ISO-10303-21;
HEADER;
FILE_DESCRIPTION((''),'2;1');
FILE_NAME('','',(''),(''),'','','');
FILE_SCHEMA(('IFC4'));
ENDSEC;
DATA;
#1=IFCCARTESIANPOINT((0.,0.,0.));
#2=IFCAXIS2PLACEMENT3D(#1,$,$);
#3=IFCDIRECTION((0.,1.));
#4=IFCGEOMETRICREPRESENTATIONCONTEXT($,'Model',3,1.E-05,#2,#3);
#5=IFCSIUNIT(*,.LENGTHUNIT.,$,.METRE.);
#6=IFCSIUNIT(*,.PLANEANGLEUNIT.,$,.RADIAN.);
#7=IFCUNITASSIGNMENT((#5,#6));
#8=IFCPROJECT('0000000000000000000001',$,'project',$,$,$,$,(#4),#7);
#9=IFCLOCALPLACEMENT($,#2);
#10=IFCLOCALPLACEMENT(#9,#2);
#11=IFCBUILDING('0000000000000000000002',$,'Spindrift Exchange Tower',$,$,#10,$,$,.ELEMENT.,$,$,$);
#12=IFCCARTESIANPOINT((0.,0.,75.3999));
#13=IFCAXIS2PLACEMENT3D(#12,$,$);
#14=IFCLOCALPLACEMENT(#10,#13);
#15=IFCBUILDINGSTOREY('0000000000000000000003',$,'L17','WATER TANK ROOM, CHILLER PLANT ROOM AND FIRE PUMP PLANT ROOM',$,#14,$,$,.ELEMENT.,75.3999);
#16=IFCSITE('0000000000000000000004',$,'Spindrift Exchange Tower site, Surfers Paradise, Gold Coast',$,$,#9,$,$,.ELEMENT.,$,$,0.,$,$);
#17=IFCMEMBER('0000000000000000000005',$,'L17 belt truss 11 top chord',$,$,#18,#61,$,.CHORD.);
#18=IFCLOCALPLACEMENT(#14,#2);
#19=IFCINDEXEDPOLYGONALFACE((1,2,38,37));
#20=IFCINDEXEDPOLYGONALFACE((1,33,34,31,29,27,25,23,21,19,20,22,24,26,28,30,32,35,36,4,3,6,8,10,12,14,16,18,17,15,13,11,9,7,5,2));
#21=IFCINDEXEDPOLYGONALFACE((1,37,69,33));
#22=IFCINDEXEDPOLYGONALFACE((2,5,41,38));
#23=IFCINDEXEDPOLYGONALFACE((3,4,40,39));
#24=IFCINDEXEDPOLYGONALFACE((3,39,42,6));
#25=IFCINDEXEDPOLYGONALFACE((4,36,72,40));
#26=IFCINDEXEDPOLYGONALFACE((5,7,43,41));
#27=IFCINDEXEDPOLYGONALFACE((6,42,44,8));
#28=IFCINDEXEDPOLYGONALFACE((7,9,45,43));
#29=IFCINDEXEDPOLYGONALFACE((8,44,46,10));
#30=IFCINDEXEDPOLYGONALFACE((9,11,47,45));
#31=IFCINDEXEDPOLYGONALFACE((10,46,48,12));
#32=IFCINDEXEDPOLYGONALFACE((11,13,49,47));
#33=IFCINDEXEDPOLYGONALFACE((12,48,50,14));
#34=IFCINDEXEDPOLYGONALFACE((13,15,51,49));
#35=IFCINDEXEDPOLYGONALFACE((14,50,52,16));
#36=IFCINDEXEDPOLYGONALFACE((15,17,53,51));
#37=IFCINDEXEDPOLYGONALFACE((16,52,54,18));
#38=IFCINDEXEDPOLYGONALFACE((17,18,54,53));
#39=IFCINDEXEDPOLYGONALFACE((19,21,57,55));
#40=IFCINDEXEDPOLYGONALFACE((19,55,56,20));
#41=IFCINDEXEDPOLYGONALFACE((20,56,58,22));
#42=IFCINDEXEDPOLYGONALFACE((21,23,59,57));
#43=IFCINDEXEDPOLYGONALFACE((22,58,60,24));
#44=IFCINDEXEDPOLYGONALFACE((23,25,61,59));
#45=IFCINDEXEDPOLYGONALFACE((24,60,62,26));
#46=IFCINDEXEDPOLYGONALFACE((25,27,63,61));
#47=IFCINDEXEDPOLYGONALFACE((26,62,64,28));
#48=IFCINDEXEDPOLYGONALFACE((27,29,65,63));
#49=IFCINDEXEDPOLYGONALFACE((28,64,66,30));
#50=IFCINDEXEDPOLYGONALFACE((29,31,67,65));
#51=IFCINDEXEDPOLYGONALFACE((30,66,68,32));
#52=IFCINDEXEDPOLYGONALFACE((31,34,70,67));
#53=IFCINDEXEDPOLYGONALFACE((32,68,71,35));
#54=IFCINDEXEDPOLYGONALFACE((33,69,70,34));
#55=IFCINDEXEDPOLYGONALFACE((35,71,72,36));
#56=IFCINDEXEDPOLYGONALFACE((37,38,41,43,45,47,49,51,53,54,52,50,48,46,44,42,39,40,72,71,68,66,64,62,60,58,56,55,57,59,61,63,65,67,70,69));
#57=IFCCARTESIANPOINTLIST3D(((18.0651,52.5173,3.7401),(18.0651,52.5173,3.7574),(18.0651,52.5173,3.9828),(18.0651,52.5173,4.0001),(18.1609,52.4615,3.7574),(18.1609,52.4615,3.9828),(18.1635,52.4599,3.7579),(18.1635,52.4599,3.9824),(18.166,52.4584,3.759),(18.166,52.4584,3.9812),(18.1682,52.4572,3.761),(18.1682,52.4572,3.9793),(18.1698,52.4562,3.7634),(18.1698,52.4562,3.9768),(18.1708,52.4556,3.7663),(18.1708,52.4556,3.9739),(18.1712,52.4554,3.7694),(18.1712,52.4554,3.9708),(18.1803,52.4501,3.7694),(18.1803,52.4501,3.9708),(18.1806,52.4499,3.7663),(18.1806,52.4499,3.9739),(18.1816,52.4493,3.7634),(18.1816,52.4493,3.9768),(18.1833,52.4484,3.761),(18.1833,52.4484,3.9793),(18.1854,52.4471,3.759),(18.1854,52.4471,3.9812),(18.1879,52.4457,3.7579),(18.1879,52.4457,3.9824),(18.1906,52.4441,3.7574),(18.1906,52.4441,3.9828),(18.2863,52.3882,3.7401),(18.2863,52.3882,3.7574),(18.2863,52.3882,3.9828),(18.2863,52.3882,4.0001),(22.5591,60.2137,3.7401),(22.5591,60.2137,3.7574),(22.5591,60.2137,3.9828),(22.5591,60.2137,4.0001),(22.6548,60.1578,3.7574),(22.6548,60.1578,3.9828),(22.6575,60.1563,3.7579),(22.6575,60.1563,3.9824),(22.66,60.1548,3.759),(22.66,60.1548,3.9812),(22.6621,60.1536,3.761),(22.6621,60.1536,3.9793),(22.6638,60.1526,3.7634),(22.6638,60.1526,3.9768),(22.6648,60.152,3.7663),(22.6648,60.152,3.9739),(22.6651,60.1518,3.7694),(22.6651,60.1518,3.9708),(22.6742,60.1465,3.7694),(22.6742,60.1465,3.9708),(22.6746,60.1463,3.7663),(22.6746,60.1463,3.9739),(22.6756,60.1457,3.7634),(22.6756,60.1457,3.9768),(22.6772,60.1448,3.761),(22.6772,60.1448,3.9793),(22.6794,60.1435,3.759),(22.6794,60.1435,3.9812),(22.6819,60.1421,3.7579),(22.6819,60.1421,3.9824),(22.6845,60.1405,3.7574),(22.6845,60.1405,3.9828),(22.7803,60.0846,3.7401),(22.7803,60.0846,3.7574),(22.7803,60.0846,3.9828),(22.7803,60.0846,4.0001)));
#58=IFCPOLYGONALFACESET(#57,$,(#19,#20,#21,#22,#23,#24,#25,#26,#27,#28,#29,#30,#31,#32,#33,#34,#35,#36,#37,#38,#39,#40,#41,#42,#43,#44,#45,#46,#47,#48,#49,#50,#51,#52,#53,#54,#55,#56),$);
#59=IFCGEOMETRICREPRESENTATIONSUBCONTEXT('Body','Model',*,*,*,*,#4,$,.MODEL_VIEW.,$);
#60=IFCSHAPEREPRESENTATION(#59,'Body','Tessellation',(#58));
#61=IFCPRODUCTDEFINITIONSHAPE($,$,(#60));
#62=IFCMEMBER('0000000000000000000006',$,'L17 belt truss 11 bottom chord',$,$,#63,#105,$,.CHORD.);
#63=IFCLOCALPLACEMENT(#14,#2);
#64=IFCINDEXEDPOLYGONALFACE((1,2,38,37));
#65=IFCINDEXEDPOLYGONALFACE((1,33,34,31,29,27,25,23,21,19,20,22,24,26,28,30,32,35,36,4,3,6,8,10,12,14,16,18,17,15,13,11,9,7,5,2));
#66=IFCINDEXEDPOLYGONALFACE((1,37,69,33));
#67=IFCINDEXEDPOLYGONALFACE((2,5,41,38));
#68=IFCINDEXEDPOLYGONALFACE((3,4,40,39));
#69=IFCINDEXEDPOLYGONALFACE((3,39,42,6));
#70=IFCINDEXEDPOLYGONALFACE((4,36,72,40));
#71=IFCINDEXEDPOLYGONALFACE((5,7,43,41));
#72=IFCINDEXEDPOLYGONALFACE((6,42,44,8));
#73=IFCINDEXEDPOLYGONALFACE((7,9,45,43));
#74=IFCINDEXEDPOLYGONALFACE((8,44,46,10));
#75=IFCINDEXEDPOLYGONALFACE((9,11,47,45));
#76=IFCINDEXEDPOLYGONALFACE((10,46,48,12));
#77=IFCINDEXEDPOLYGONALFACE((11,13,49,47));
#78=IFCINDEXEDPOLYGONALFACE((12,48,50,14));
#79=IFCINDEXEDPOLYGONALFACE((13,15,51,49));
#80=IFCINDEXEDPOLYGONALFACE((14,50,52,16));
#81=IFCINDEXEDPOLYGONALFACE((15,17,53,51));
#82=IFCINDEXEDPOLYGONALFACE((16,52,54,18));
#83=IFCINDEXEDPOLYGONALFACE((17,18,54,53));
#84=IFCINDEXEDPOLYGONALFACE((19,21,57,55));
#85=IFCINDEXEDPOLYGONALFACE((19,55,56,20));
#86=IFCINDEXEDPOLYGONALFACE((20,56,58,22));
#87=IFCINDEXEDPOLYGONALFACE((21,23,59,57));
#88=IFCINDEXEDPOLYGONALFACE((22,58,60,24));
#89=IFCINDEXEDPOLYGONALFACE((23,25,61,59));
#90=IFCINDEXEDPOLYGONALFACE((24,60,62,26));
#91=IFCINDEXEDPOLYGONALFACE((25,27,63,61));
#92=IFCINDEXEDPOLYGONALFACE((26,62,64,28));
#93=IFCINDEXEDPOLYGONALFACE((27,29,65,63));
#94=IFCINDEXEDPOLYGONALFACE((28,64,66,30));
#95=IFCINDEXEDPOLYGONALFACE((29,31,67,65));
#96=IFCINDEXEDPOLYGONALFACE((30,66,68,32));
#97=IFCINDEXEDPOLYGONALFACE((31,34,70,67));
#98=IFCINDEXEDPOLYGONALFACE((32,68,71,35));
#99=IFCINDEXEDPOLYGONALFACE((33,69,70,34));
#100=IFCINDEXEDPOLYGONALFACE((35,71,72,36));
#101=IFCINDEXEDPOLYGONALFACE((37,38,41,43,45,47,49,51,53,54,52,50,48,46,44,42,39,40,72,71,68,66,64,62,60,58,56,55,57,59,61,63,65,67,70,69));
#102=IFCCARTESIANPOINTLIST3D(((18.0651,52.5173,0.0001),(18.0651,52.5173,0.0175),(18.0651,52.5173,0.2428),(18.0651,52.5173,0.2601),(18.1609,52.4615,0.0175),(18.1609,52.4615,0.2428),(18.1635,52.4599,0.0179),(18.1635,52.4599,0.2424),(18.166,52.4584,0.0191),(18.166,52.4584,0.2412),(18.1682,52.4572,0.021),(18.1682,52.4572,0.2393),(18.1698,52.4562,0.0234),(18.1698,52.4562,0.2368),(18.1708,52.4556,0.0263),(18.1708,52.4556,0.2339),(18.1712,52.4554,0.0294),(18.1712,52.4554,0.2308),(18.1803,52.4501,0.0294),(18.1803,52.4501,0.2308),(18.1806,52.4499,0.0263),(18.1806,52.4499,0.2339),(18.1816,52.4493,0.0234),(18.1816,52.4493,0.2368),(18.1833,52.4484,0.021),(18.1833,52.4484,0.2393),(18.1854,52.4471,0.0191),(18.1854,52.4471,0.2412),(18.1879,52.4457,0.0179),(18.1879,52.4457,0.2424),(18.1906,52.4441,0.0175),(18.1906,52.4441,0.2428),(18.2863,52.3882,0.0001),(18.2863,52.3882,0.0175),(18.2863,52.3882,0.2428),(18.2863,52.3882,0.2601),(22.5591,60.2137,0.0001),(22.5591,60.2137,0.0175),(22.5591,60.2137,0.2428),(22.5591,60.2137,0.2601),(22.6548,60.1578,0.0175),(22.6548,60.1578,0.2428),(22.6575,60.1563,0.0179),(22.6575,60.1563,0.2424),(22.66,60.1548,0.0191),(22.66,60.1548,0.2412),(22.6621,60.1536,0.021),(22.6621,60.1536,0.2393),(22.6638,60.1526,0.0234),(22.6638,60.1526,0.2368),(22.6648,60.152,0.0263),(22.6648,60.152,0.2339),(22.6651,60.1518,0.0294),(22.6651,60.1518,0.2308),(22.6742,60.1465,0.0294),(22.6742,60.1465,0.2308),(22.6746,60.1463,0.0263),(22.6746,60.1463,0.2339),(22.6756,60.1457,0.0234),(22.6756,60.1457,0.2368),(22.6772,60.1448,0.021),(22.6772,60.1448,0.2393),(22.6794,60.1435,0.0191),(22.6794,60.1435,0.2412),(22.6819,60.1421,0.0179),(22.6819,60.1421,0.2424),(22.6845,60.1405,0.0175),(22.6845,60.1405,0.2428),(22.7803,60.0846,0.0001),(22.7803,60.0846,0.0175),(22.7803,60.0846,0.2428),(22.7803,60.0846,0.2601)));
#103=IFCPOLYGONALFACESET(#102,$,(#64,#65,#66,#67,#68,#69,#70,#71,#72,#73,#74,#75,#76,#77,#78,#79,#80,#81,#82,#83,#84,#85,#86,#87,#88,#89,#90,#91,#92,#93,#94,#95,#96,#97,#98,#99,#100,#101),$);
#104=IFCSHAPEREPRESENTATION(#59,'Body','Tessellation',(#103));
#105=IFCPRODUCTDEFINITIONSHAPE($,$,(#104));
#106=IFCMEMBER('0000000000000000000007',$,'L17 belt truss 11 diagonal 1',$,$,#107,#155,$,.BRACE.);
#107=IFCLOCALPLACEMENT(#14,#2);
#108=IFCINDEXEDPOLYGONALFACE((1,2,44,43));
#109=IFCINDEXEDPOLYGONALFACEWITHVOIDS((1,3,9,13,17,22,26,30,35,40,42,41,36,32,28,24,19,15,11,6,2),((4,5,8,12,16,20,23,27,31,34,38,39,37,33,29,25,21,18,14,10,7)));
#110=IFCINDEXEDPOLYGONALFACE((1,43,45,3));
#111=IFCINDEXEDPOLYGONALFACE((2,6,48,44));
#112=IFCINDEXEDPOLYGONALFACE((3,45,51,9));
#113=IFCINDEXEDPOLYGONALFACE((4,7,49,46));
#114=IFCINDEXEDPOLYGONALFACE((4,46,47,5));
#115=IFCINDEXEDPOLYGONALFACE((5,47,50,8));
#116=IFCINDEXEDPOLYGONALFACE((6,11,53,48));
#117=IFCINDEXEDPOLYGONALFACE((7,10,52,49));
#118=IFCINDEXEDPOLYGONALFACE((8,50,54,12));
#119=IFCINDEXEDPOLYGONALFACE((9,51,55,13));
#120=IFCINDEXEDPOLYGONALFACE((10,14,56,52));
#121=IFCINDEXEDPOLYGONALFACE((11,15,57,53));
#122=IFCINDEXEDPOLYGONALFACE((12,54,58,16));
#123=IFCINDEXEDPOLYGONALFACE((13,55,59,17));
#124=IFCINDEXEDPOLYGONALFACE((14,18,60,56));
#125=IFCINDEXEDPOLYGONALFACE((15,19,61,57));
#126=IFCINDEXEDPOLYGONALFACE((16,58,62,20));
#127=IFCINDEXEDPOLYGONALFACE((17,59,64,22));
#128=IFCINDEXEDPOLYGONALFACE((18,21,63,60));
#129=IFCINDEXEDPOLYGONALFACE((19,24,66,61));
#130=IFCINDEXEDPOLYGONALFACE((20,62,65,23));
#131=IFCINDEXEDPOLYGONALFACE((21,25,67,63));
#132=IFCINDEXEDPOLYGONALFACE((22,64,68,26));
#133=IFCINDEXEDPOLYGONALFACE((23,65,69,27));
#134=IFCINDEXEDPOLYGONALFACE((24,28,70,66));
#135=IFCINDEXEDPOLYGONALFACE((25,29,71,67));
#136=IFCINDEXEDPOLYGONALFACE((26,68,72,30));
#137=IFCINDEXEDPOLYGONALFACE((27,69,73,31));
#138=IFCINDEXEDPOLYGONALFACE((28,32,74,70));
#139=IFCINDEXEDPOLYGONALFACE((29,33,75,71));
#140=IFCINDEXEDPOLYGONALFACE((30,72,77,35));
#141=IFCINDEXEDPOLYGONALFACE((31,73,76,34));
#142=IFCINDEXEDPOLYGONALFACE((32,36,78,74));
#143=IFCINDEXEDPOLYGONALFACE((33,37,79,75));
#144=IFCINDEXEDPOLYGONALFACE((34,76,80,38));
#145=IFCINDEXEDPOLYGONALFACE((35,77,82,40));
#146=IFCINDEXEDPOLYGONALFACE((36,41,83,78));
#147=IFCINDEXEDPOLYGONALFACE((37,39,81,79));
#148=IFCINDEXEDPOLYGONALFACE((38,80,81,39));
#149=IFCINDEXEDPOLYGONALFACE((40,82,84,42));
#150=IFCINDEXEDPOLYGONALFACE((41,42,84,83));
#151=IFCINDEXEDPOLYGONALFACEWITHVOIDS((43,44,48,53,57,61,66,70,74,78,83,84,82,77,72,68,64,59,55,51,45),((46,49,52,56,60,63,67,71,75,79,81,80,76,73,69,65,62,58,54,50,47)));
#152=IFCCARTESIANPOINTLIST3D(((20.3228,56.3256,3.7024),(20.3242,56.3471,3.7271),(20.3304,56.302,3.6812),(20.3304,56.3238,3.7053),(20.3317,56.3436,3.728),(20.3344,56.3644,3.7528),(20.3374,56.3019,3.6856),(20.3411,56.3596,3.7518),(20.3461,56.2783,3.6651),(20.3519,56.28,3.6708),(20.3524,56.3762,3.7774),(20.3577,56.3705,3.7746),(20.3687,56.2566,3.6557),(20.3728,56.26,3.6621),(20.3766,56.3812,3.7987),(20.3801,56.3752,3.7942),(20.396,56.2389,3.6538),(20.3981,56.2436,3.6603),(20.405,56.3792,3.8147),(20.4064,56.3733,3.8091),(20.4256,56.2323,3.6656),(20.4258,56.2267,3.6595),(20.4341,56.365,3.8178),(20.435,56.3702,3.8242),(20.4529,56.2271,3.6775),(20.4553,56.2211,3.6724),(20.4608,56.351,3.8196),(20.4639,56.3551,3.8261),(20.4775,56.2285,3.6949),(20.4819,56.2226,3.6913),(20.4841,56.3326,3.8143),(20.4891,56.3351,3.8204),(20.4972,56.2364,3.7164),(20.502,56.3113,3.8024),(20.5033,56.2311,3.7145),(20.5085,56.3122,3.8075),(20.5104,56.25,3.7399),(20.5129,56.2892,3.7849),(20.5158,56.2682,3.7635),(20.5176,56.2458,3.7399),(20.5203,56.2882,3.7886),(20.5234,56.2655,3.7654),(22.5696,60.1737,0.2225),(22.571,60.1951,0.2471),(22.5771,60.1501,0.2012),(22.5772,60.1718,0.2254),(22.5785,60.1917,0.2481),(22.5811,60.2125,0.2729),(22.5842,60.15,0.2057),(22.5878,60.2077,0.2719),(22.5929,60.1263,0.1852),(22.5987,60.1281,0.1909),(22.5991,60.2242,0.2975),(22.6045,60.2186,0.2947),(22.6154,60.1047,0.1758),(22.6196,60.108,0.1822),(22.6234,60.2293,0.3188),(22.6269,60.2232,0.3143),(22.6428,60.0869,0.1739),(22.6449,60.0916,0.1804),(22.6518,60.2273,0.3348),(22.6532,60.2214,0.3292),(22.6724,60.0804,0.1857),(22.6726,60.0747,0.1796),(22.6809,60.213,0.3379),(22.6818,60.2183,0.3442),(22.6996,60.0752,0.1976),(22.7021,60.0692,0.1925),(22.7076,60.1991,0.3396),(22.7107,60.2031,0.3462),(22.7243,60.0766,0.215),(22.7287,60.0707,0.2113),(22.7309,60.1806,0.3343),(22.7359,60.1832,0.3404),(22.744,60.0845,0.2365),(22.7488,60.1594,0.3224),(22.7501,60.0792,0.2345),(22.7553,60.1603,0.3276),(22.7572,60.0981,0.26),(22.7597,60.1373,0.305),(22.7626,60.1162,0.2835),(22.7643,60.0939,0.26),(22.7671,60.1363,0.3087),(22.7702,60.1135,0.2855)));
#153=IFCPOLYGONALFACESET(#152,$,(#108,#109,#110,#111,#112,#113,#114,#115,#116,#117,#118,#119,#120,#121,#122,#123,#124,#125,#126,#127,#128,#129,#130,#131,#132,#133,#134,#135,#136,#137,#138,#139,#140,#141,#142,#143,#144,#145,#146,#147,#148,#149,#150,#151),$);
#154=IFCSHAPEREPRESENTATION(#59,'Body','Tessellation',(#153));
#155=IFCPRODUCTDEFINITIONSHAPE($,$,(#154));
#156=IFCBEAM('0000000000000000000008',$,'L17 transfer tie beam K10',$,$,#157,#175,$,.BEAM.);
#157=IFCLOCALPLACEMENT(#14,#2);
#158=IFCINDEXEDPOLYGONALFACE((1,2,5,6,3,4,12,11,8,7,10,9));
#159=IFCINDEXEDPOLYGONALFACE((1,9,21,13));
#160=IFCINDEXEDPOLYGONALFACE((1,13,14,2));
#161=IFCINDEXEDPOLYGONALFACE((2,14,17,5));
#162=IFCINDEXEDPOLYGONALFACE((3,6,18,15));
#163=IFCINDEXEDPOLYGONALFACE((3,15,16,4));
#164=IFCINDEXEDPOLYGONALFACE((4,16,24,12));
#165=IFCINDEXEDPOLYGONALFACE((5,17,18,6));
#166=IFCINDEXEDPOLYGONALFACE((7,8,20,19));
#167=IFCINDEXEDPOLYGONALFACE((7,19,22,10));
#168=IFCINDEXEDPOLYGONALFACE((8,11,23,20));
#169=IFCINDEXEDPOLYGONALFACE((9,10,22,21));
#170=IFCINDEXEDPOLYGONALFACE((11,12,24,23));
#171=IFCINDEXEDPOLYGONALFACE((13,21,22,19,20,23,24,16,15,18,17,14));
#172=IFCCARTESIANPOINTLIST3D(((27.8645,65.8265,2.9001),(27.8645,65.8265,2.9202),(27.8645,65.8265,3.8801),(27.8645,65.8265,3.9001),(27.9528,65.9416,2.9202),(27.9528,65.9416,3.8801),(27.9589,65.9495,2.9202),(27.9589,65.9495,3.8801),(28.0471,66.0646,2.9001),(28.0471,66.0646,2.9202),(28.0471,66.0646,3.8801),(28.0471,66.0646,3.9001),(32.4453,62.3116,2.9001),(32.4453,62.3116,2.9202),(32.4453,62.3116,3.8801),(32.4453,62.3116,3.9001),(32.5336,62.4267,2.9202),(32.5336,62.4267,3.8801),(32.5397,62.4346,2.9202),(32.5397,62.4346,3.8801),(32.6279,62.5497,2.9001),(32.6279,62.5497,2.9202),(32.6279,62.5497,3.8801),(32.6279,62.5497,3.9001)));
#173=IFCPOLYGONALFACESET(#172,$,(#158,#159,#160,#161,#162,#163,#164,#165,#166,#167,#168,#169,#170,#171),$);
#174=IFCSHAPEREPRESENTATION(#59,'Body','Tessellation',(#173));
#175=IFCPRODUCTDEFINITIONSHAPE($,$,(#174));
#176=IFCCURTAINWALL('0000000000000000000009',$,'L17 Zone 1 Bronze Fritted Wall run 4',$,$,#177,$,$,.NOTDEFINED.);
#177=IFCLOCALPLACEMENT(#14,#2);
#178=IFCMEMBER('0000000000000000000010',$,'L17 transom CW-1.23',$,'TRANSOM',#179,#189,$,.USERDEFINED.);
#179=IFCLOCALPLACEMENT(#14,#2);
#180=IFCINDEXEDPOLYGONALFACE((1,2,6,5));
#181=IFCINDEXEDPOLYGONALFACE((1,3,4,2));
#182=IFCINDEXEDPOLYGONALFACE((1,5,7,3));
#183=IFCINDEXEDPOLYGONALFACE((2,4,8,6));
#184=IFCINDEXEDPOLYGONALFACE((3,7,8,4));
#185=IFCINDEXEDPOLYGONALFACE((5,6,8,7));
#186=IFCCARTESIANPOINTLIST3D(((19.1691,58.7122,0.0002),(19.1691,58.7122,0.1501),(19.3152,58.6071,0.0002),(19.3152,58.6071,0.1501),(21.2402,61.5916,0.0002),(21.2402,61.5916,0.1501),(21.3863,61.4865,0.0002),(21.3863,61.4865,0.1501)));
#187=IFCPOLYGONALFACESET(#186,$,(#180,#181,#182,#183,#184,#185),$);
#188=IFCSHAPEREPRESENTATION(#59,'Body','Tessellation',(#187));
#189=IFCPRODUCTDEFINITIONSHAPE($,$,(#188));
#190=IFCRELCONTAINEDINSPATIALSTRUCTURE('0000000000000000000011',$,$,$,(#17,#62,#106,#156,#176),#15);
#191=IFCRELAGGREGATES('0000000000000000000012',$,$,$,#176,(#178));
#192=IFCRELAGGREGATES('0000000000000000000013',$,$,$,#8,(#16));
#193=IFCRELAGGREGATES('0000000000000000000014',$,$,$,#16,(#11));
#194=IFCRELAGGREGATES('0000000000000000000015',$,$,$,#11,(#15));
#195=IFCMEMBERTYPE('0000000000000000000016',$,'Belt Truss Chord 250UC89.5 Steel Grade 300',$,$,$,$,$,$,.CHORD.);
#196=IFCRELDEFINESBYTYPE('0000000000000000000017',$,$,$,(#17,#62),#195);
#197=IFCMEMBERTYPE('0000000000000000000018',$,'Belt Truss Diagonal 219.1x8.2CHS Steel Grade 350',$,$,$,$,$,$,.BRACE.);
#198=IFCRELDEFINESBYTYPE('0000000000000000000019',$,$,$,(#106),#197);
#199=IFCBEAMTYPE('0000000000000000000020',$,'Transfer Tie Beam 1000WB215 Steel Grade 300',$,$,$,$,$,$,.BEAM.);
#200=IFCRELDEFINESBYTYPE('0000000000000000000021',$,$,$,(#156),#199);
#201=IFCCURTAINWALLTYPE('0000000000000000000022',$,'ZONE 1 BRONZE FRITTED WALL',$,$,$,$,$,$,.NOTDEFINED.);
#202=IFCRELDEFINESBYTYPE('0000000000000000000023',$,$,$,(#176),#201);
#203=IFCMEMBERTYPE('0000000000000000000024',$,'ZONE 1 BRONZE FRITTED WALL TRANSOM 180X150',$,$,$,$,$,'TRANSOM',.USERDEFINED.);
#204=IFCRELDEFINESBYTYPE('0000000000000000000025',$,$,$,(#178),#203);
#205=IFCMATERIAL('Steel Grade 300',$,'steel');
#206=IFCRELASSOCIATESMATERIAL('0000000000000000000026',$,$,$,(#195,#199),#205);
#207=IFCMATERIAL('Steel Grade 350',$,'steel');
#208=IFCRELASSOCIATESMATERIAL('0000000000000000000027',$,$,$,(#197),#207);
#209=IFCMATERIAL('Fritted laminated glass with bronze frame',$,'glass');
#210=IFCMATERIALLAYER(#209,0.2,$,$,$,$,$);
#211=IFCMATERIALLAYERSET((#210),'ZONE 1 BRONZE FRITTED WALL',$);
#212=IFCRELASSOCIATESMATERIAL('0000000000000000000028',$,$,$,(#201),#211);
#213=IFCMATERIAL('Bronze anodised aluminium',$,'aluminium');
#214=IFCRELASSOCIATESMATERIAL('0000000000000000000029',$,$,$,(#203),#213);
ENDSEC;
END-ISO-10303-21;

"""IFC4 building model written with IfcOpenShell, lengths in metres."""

from ifc_helpers import new_model, si_unit, direction, frame, origin, origin_2d, place, context, subcontext, project, spatial, rectangle, hollow_circle, i_section, extrude, source, transform, mapped, material, layer, layer_set, material_profile, profile_set, type_object, element, aggregate, save


model = new_model("IFC4")

# Units and contexts
model_context = context("Model", 3, precision=1e-05, world=origin(), true_north=direction((0.0, 1.0)))
body_context = subcontext(model_context, "Body", "Model", "MODEL_VIEW")
ifc_project = project(units=[si_unit("LENGTHUNIT", "METRE"), si_unit("PLANEANGLEUNIT", "RADIAN")], contexts=[model_context])

# Site, building, storey
site_placement = place(None, origin())
site = spatial("IfcSite", under=ifc_project, at=site_placement, Name="Spindrift Exchange Tower site, Surfers Paradise, Gold Coast", CompositionType="ELEMENT", RefElevation=0.0)
building_placement = place(site_placement, origin())
building = spatial("IfcBuilding", under=site, at=building_placement, Name="Spindrift Exchange Tower", CompositionType="ELEMENT")
storey_placement = place(building_placement, frame((0.0, 0.0, 75.3999)))
storey = spatial("IfcBuildingStorey", under=building, at=storey_placement, Name="L17", Description="WATER TANK ROOM, CHILLER PLANT ROOM AND FIRE PUMP PLANT ROOM", CompositionType="ELEMENT", Elevation=75.3999)

# Members
ifc_material_1 = material(Name="Steel Grade 300", Category="steel")
ifc_material_profile_1 = material_profile(ifc_material_1, i_section(OverallWidth=0.2561, OverallDepth=0.26, WebThickness=0.0105, FlangeThickness=0.0173, FilletRadius=0.012, at=origin_2d()), Name="250UC89.5")
ifc_profile_set_1 = profile_set([ifc_material_profile_1], Name="Steel Grade 300")
member_type_1 = type_object("IfcMemberType", Name="Belt Truss Chord 250UC89.5 Steel Grade 300", PredefinedType="CHORD", material=ifc_profile_set_1)
ifc_material_2 = material(Name="Steel Grade 350", Category="steel")
ifc_material_profile_2 = material_profile(ifc_material_2, hollow_circle(Radius=0.1096, WallThickness=0.0083, at=origin_2d()), Name="219.1x8.2CHS")
ifc_profile_set_2 = profile_set([ifc_material_profile_2], Name="Steel Grade 350")
member_type_2 = type_object("IfcMemberType", Name="Belt Truss Diagonal 219.1x8.2CHS Steel Grade 350", PredefinedType="BRACE", material=ifc_profile_set_2)
shared_shape_1 = source(origin(), body_context, "Body", "SweptSolid", [
    extrude(i_section(OverallWidth=0.2561, OverallDepth=0.26, WebThickness=0.0105, FlangeThickness=0.0173, FilletRadius=0.012, at=origin_2d()), origin(), (0.0, 0.0, 1.0), 8.9124),
])
for number, where, z_axis, x_axis, name in (
    (1, (22.6697, 60.1492, 3.8701), (-0.504239, -0.863564, 0.0), (0.863564, -0.504239, 0.0), "L17 belt truss 11 top chord"),
    (2, (22.6697, 60.1492, 0.1301), (-0.504239, -0.863564, 0.0), (0.863564, -0.504239, 0.0), "L17 belt truss 11 bottom chord"),
):
    element("IfcMember", number, at=place(storey_placement, frame(where, z_axis=z_axis, x_axis=x_axis)), inside=storey, type_object=member_type_1, Name=name, PredefinedType="CHORD", context=body_context, shape_type="MappedRepresentation", body=[
        mapped(shared_shape_1, transform((0.0, 0.0, 0.0), scale=1.0)),
    ])
shared_shape_2 = source(origin(), body_context, "Body", "SweptSolid", [
    extrude(hollow_circle(Radius=0.1096, WallThickness=0.0083, at=origin_2d()), origin(), (0.0, 0.0, 1.0), 5.6538),
])
member_1_placement = place(storey_placement, frame((22.6697, 60.1492, 0.26), z_axis=(-0.397393, -0.680616, 0.6155), x_axis=(0.863576, -0.504218, 0.0)))
element("IfcMember", 3, at=member_1_placement, inside=storey, type_object=member_type_2, Name="L17 belt truss 11 diagonal 1", PredefinedType="BRACE", context=body_context, shape_type="MappedRepresentation", body=[
    mapped(shared_shape_2, transform((0.0, 0.0, 0.0), scale=1.0)),
])

# Beam
ifc_material_profile_3 = material_profile(ifc_material_1, i_section(OverallWidth=0.3, OverallDepth=1.0, WebThickness=0.01, FlangeThickness=0.02, at=origin_2d()), Name="1000WB215")
ifc_profile_set_3 = profile_set([ifc_material_profile_3], Name="Steel Grade 300")
beam_type = type_object("IfcBeamType", Name="Transfer Tie Beam 1000WB215 Steel Grade 300", PredefinedType="BEAM", material=ifc_profile_set_3)
shared_shape_3 = source(origin(), body_context, "Body", "SweptSolid", [
    extrude(i_section(OverallWidth=0.3, OverallDepth=1.0, WebThickness=0.01, FlangeThickness=0.02, at=origin_2d()), origin(), (0.0, 0.0, 1.0), 5.7739),
])
beam_placement = place(storey_placement, frame((27.9558, 65.9456, 3.4001), z_axis=(0.793361, -0.608752, 0.0), x_axis=(0.608752, 0.793361, 0.0)))
element("IfcBeam", 4, at=beam_placement, inside=storey, type_object=beam_type, Name="L17 transfer tie beam K10", PredefinedType="BEAM", context=body_context, shape_type="MappedRepresentation", body=[
    mapped(shared_shape_3, transform((0.0, 0.0, 0.0), scale=1.0)),
])

# Curtain wall, member
ifc_material_3 = material(Name="Fritted laminated glass with bronze frame", Category="glass")
ifc_layer_1 = layer(ifc_material_3, 0.2)
ifc_layer_set_1 = layer_set([ifc_layer_1], Name="ZONE 1 BRONZE FRITTED WALL")
curtain_wall_type = type_object("IfcCurtainWallType", Name="ZONE 1 BRONZE FRITTED WALL", PredefinedType="NOTDEFINED", material=ifc_layer_set_1)
curtain_wall_placement = place(storey_placement, origin())
curtain_wall = element("IfcCurtainWall", 5, at=curtain_wall_placement, inside=storey, type_object=curtain_wall_type, Name="L17 Zone 1 Bronze Fritted Wall run 4", PredefinedType="NOTDEFINED")
ifc_material_4 = material(Name="Bronze anodised aluminium", Category="aluminium")
ifc_material_profile_4 = material_profile(ifc_material_4, rectangle(XDim=0.1799, YDim=0.1499, at=origin_2d()), Name="ZONE 1 BRONZE FRITTED WALL TRANSOM 180X150")
ifc_profile_set_4 = profile_set([ifc_material_profile_4], Name="Bronze anodised aluminium")
member_type_3 = type_object("IfcMemberType", Name="ZONE 1 BRONZE FRITTED WALL TRANSOM 180X150", ElementType="TRANSOM", PredefinedType="USERDEFINED", material=ifc_profile_set_4)
shared_shape_4 = source(origin(), body_context, "Body", "SweptSolid", [
    extrude(rectangle(XDim=0.1799, YDim=0.1499, at=origin_2d()), origin(), (0.0, 0.0, 1.0), 3.5469),
])
member_2_placement = place(storey_placement, frame((21.3132, 61.5391, 0.0752), z_axis=(-0.583911, -0.811818, 0.0), x_axis=(0.811818, -0.583911, 0.0)))
member_2 = element("IfcMember", 6, at=member_2_placement, type_object=member_type_3, Name="L17 transom CW-1.23", ObjectType="TRANSOM", PredefinedType="USERDEFINED", context=body_context, shape_type="MappedRepresentation", body=[
    mapped(shared_shape_4, transform((0.0, 0.0, 0.0), scale=1.0)),
])
aggregate(curtain_wall, [member_2])

save(model, "model.ifc")
